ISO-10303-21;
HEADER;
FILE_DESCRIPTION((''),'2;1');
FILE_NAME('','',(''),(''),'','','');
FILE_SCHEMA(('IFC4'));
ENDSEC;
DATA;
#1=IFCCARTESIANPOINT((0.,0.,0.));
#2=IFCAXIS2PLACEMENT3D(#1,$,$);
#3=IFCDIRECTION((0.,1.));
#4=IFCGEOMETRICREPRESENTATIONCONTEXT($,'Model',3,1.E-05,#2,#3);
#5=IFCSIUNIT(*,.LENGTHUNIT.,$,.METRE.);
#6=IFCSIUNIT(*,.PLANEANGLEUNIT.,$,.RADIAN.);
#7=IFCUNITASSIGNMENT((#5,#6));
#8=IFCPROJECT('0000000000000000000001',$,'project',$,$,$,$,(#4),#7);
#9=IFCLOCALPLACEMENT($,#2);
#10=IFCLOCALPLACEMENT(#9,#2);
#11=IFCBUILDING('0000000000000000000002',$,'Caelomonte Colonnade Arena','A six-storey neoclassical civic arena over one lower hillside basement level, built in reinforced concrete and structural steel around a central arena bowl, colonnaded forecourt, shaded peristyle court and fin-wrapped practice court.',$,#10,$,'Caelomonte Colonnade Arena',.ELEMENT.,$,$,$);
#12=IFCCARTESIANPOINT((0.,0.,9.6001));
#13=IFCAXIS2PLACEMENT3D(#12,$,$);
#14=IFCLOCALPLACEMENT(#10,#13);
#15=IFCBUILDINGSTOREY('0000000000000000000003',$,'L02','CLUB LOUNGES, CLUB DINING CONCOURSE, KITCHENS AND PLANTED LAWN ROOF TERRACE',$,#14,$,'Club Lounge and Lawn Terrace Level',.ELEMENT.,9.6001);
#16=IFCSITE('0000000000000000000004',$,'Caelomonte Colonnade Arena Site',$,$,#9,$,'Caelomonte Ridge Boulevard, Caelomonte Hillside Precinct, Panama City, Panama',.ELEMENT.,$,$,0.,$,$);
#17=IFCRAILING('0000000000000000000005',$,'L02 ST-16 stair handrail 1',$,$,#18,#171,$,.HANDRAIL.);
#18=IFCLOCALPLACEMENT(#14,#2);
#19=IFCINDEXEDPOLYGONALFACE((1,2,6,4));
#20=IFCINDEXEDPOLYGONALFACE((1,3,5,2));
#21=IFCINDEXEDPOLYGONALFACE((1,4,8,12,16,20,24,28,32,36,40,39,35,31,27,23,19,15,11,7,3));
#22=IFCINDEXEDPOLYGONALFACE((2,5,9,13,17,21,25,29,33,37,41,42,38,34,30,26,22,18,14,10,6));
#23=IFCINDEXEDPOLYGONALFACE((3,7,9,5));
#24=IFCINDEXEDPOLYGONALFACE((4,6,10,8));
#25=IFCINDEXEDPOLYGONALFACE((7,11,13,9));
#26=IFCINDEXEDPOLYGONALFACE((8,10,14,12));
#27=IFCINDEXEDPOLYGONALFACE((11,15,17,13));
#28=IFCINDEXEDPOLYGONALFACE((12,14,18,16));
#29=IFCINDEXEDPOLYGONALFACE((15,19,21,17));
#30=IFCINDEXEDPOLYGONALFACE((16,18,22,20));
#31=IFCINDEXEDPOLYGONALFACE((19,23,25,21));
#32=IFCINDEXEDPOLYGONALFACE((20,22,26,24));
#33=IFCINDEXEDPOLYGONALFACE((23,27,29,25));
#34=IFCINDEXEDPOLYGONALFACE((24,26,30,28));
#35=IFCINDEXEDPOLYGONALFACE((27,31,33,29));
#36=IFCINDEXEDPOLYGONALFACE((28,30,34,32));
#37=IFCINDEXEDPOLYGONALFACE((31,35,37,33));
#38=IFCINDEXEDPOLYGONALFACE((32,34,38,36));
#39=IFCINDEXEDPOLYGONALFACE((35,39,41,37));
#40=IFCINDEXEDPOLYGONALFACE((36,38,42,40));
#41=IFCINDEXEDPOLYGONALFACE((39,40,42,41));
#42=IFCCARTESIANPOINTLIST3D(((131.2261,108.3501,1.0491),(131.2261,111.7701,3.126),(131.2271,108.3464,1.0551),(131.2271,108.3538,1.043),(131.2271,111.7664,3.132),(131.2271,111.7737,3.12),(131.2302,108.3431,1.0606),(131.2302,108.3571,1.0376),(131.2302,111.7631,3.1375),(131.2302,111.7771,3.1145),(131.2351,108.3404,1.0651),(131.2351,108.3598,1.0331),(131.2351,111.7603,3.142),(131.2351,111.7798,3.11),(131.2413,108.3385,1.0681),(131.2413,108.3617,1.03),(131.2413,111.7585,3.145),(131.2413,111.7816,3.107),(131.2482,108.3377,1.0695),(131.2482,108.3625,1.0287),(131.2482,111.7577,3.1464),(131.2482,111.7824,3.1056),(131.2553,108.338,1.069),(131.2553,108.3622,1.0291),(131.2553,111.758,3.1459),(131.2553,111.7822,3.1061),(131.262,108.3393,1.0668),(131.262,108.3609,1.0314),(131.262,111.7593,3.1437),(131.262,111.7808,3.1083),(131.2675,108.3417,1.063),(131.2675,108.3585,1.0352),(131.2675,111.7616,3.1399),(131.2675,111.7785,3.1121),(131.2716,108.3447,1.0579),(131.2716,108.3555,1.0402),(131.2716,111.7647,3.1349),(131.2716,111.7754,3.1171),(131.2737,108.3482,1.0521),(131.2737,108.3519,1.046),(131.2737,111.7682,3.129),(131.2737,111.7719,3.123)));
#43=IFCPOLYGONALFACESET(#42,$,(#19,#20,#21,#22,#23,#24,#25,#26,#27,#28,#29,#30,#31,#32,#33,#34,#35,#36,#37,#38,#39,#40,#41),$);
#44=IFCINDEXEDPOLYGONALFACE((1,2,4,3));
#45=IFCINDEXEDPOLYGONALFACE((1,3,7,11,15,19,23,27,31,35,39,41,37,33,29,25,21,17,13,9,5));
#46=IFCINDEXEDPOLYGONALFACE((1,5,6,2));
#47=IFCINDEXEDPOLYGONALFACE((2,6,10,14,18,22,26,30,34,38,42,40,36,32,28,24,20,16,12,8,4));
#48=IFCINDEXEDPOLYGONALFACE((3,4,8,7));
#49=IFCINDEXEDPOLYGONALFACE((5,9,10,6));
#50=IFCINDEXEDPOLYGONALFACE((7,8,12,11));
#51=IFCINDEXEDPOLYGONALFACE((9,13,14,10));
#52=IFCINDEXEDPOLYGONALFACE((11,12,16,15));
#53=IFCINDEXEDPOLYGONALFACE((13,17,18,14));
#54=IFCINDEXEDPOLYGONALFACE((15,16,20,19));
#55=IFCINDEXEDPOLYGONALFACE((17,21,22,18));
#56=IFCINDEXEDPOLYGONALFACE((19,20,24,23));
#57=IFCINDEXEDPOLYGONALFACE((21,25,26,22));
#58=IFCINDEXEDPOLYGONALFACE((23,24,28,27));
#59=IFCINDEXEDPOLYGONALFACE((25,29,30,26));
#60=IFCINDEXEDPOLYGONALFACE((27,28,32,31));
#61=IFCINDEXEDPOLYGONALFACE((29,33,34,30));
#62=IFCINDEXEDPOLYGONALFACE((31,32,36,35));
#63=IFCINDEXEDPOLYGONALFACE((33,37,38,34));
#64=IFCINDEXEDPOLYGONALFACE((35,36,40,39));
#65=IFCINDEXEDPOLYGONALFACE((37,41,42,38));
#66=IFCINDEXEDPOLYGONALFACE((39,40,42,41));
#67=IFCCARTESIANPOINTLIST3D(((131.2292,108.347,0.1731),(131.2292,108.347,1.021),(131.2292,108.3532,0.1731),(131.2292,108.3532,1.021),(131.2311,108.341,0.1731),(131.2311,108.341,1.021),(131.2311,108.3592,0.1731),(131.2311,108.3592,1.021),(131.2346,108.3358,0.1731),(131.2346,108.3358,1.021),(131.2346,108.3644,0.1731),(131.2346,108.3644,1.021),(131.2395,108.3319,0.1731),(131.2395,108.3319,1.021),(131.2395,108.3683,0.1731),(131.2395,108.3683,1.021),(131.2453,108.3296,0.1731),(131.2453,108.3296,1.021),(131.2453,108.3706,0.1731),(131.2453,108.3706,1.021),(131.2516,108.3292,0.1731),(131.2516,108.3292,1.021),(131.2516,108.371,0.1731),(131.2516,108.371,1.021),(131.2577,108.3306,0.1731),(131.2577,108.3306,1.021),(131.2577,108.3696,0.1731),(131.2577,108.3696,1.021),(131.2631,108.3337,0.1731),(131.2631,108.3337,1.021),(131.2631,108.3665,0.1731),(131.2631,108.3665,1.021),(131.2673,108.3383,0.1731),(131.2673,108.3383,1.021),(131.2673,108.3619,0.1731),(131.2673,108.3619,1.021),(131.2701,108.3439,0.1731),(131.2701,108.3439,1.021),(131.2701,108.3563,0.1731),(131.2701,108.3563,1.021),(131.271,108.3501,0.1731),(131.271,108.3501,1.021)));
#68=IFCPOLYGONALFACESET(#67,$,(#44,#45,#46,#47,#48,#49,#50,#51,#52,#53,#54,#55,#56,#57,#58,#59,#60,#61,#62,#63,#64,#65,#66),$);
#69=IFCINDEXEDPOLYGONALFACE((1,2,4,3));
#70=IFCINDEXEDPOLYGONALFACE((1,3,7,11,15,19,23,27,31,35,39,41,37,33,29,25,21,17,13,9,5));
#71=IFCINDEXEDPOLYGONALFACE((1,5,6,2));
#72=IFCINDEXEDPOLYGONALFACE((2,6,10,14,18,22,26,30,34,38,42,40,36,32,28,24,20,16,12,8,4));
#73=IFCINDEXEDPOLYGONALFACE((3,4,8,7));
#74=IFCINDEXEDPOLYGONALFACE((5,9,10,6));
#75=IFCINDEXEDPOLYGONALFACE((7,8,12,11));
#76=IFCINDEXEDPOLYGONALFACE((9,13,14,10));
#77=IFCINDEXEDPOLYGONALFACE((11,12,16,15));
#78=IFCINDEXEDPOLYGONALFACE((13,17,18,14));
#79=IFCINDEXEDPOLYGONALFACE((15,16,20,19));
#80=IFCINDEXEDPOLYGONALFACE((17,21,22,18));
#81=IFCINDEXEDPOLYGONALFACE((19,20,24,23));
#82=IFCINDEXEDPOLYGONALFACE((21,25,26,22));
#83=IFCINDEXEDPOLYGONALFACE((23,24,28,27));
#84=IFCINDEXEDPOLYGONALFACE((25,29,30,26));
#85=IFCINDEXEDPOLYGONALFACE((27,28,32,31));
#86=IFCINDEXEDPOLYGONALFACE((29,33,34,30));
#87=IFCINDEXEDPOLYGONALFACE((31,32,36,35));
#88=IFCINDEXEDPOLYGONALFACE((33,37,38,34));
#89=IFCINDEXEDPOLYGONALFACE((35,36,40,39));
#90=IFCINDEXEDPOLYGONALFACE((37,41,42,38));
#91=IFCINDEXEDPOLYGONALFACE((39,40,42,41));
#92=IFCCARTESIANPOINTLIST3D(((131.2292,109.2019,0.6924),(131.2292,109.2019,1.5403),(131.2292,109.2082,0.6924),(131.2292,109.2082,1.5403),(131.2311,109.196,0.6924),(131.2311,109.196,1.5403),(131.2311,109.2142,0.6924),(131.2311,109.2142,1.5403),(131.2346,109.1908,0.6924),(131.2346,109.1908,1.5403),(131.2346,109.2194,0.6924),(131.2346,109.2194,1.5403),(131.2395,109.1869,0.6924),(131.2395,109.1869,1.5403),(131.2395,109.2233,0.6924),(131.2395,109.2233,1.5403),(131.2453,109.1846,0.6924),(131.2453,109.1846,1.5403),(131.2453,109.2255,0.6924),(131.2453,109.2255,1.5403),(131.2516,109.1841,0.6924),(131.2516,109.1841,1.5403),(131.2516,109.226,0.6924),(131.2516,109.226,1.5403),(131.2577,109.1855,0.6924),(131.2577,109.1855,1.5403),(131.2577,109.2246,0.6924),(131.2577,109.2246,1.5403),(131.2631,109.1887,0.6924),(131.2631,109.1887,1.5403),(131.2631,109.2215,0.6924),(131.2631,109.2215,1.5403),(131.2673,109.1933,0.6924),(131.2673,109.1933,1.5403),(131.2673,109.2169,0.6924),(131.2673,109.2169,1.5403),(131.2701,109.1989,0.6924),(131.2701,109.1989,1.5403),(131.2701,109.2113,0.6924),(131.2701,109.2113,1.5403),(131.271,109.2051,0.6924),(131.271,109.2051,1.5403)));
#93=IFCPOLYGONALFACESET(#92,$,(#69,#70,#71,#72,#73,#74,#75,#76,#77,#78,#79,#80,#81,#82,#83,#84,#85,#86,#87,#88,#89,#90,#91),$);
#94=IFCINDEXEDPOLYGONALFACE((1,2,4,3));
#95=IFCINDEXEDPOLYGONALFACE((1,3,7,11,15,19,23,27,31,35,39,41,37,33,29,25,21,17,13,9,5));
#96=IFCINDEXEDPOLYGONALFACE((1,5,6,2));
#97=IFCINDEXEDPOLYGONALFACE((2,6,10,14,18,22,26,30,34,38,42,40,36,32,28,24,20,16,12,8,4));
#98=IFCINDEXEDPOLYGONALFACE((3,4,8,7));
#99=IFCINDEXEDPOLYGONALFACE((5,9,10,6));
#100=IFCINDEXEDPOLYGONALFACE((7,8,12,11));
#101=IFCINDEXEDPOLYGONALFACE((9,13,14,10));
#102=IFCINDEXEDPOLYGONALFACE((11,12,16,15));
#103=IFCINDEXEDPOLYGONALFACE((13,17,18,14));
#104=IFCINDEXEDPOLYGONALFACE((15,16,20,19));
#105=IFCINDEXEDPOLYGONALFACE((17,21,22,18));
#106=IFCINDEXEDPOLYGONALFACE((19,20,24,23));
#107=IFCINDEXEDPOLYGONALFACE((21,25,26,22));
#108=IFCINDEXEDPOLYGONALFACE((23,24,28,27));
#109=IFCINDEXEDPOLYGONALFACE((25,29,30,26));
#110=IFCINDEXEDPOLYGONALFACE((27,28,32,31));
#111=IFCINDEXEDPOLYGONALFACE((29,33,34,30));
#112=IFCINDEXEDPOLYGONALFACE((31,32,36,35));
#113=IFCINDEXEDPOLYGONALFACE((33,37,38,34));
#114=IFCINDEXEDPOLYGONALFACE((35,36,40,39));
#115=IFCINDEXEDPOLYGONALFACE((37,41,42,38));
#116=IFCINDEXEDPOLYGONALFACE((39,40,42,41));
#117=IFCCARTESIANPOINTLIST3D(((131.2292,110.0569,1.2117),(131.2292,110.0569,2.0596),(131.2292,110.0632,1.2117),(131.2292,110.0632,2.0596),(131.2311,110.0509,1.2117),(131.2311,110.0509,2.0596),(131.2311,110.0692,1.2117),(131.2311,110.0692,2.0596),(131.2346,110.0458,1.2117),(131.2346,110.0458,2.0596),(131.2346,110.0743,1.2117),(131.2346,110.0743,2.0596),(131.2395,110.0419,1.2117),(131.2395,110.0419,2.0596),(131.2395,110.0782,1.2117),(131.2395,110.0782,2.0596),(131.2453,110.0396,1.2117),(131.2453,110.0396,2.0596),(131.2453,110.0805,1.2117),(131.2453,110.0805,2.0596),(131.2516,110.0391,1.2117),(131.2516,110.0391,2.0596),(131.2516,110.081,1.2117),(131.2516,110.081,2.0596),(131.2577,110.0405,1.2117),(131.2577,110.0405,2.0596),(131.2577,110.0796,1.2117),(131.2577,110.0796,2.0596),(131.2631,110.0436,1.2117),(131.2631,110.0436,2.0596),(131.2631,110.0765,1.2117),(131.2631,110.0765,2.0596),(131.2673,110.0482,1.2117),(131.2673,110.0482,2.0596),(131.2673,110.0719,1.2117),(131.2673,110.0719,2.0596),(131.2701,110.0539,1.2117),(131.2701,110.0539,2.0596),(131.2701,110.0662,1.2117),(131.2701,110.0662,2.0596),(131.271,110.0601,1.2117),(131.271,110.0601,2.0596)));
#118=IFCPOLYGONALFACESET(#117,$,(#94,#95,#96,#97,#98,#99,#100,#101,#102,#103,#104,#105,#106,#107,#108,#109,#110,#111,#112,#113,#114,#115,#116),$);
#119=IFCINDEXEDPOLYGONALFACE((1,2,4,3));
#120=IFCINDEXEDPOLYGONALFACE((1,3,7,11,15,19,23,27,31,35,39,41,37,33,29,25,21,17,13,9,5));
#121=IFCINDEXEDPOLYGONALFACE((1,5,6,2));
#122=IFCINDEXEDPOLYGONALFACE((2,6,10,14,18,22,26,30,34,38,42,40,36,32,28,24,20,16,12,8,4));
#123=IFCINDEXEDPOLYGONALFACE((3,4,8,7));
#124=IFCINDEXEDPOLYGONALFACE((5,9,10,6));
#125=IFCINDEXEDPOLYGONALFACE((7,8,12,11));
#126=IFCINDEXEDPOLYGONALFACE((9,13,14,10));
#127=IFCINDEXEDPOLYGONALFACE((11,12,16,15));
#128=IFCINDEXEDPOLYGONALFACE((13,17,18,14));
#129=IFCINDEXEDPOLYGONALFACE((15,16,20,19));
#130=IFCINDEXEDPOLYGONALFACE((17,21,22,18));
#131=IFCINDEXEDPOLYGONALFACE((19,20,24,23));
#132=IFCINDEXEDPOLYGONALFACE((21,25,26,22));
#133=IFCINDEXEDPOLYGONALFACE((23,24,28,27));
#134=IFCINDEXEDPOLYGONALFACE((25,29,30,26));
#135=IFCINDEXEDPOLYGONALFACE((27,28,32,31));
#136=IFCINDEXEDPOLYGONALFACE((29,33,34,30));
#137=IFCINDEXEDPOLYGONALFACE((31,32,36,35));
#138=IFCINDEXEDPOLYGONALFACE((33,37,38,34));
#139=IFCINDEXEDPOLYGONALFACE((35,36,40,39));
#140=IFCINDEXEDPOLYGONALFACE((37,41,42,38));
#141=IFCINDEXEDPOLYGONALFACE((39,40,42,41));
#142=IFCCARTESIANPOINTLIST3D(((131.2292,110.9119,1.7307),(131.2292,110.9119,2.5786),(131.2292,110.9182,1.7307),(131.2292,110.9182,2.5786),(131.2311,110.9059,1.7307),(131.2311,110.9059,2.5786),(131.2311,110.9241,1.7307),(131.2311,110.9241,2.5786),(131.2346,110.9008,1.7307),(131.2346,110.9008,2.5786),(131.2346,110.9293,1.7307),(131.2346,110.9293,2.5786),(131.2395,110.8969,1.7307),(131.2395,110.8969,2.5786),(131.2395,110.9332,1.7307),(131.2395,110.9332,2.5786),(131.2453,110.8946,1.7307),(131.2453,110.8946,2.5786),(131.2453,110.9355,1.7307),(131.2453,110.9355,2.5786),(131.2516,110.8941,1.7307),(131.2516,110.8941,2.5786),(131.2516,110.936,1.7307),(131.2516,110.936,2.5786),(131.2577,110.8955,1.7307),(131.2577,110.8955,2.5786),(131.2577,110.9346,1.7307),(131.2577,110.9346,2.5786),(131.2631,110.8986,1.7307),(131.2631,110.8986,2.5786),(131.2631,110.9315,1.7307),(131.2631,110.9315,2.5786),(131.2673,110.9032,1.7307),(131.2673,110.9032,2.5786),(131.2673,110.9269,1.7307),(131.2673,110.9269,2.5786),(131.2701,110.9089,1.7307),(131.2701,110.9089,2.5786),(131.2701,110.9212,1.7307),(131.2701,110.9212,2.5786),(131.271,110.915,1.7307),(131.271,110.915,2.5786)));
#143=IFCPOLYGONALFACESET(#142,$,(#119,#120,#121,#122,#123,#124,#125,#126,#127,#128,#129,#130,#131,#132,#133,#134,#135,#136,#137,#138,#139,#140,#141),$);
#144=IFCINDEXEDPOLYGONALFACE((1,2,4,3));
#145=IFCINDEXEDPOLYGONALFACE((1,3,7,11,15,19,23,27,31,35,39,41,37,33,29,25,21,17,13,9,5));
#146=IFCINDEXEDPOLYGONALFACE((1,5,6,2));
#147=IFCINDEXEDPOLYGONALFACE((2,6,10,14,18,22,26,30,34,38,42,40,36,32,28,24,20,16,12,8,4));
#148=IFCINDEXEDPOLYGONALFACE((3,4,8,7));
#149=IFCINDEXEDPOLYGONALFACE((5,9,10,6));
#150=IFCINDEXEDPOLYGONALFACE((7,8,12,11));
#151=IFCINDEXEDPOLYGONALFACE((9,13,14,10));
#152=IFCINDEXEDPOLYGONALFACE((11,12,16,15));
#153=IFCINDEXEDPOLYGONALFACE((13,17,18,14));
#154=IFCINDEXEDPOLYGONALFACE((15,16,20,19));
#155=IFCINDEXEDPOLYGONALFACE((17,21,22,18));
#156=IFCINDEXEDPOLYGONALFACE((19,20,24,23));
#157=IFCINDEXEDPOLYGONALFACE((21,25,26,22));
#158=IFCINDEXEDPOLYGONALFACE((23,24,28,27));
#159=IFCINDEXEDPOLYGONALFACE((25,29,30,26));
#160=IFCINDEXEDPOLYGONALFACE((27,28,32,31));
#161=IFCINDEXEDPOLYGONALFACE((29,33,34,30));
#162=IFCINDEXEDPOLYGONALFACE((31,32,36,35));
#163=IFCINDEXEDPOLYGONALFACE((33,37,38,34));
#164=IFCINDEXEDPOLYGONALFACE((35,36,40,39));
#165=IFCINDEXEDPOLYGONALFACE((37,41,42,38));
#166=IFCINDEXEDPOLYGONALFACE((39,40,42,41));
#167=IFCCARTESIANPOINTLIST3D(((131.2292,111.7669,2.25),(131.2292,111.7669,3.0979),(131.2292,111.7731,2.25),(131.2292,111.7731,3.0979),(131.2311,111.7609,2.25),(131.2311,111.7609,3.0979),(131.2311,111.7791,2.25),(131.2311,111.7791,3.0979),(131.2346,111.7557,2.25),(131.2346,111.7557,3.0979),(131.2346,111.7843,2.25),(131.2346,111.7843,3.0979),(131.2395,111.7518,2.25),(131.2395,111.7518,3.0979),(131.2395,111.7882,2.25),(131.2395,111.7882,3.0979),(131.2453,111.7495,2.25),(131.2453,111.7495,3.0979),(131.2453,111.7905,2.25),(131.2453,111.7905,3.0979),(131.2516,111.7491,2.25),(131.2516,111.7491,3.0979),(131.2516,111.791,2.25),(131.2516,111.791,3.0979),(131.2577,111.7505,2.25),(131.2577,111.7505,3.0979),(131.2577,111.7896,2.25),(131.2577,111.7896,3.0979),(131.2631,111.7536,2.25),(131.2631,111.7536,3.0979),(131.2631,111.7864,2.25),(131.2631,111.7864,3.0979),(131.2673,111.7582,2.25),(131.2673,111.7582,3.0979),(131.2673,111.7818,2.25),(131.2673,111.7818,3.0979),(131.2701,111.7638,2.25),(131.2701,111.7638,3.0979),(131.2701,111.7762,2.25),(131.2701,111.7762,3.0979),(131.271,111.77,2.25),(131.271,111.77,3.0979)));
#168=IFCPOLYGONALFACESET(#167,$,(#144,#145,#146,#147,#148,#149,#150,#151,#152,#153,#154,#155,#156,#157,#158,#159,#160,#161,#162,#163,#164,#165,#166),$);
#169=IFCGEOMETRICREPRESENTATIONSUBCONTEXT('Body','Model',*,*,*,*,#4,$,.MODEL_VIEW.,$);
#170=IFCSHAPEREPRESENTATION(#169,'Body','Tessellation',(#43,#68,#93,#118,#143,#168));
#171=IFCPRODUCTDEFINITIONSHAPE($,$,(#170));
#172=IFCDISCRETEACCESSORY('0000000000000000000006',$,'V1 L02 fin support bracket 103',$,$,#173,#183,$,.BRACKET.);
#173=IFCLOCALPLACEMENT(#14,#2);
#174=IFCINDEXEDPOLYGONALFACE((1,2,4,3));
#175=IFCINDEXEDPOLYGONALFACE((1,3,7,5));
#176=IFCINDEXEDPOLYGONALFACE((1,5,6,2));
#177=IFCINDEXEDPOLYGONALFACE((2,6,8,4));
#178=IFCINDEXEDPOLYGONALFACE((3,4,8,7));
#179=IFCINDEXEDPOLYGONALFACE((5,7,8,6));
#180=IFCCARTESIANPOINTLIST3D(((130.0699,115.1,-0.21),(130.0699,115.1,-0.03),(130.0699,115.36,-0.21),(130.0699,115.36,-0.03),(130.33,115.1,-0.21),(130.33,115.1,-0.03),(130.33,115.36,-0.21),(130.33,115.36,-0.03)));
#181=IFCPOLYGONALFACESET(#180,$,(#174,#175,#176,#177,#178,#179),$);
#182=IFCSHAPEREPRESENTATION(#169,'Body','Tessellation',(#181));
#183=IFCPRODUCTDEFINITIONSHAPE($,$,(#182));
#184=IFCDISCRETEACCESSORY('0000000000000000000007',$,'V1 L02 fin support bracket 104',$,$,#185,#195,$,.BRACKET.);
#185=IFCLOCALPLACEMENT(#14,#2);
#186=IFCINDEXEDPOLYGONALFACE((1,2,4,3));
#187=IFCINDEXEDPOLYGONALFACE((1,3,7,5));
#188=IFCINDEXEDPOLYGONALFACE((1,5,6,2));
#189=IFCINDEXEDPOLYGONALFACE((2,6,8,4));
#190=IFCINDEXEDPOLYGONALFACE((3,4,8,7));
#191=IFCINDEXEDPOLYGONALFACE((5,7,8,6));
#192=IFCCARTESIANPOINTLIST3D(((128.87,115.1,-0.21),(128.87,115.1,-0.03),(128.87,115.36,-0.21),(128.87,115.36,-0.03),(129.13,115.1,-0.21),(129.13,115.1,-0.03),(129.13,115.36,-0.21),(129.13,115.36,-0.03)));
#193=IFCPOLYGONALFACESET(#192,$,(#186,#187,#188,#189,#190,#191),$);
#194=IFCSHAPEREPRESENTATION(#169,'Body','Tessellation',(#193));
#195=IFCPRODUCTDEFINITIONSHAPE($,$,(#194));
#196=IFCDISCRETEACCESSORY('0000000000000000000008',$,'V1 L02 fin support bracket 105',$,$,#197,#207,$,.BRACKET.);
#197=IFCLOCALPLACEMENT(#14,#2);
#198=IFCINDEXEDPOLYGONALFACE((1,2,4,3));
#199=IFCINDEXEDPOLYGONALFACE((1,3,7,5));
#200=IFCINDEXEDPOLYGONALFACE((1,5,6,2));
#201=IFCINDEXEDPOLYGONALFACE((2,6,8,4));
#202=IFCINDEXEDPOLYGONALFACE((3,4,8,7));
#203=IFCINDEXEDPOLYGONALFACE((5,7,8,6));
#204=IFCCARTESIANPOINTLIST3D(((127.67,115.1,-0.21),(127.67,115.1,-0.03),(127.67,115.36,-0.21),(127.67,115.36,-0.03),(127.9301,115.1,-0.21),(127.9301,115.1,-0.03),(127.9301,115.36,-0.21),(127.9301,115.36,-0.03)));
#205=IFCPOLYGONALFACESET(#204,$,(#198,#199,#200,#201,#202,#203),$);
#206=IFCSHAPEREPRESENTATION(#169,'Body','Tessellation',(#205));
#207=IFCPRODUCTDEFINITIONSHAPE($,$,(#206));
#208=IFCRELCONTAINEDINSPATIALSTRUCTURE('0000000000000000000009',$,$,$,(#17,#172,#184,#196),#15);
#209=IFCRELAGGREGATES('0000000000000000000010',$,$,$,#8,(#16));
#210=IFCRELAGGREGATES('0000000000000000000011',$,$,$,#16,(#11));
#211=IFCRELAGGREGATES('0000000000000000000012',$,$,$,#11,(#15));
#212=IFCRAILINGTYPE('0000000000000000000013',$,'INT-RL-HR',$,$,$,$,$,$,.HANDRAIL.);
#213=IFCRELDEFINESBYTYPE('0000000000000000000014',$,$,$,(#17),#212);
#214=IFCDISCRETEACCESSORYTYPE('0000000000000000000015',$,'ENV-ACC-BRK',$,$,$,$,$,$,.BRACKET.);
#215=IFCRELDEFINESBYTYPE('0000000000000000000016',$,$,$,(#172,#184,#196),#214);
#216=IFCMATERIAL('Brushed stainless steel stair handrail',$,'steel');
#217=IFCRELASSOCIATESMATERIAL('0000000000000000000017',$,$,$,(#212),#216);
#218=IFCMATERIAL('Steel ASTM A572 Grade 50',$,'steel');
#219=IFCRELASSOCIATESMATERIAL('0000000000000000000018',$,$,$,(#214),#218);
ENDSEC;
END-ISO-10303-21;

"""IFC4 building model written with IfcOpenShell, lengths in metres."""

from ifc_helpers import new_model, si_unit, direction, frame, origin, origin_2d, place, context, subcontext, project, spatial, rectangle, circle, extrude, material, type_object, element, save


model = new_model("IFC4")

# Units and contexts
model_context = context("Model", 3, precision=1e-05, world=origin(), true_north=direction((0.0, 1.0)))
body_context = subcontext(model_context, "Body", "Model", "MODEL_VIEW")
ifc_project = project(units=[si_unit("LENGTHUNIT", "METRE"), si_unit("PLANEANGLEUNIT", "RADIAN")], contexts=[model_context])

# Site, building, storey
site_placement = place(None, origin())
site = spatial("IfcSite", under=ifc_project, at=site_placement, Name="Caelomonte Colonnade Arena Site", LongName="Caelomonte Ridge Boulevard, Caelomonte Hillside Precinct, Panama City, Panama", CompositionType="ELEMENT", RefElevation=0.0)
building_placement = place(site_placement, origin())
building = spatial("IfcBuilding", under=site, at=building_placement, Name="Caelomonte Colonnade Arena", Description="A six-storey neoclassical civic arena over one lower hillside basement level, built in reinforced concrete and structural steel around a central arena bowl, colonnaded forecourt, shaded peristyle court and fin-wrapped practice court.", LongName="Caelomonte Colonnade Arena", CompositionType="ELEMENT")
storey_placement = place(building_placement, frame((0.0, 0.0, 9.6001)))
storey = spatial("IfcBuildingStorey", under=building, at=storey_placement, Name="L02", Description="CLUB LOUNGES, CLUB DINING CONCOURSE, KITCHENS AND PLANTED LAWN ROOF TERRACE", LongName="Club Lounge and Lawn Terrace Level", CompositionType="ELEMENT", Elevation=9.6001)

# Railing
ifc_material_1 = material(Name="Brushed stainless steel stair handrail", Category="steel")
railing_type_1 = type_object("IfcRailingType", Name="INT-RL-HR", PredefinedType="HANDRAIL", material=ifc_material_1)
railing_1_placement = place(storey_placement, frame((131.25, 108.3501, 0.1731)))
element("IfcRailing", 1, at=railing_1_placement, inside=storey, type_object=railing_type_1, Name="L02 ST-16 stair handrail 1", PredefinedType="HANDRAIL", context=body_context, shape_type="SweptSolid", body=[
    extrude(circle(Radius=0.0239, at=origin_2d()), frame((0.0, 0.0, 0.876), z_axis=(0.0, 0.85473, 0.519074), x_axis=(-1.0, 0.0, 0.0)), (0.0, 0.0, 1.0), 4.0012),
    extrude(circle(Radius=0.021, at=origin_2d()), origin(), (0.0, 0.0, 1.0), 0.8479),
    extrude(circle(Radius=0.021, at=origin_2d()), frame((0.0, 0.855, 0.5193)), (0.0, 0.0, 1.0), 0.8479),
    extrude(circle(Radius=0.021, at=origin_2d()), frame((0.0, 1.71, 1.0386)), (0.0, 0.0, 1.0), 0.8479),
    extrude(circle(Radius=0.021, at=origin_2d()), frame((0.0, 2.5649, 1.5576)), (0.0, 0.0, 1.0), 0.8479),
    extrude(circle(Radius=0.021, at=origin_2d()), frame((0.0, 3.4199, 2.0769)), (0.0, 0.0, 1.0), 0.8479),
])

# Discrete accessories
ifc_material_2 = material(Name="Steel ASTM A572 Grade 50", Category="steel")
discrete_accessory_type = type_object("IfcDiscreteAccessoryType", Name="ENV-ACC-BRK", PredefinedType="BRACKET", material=ifc_material_2)
for number, where, z_axis, x_axis, name in (
    (2, (130.2, 115.23, -0.21), (0.0, 0.0, 1.0), (-1.0, 0.0, 0.0), "V1 L02 fin support bracket 103"),
    (3, (129.0, 115.23, -0.21), (0.0, 0.0, 1.0), (-1.0, 0.0, 0.0), "V1 L02 fin support bracket 104"),
    (4, (127.8, 115.23, -0.21), (0.0, 0.0, 1.0), (-1.0, 0.0, 0.0), "V1 L02 fin support bracket 105"),
):
    element("IfcDiscreteAccessory", number, at=place(storey_placement, frame(where, z_axis=z_axis, x_axis=x_axis)), inside=storey, type_object=discrete_accessory_type, Name=name, PredefinedType="BRACKET", context=body_context, shape_type="SweptSolid", body=[
        extrude(rectangle(XDim=0.26, YDim=0.26, at=origin_2d()), origin(), (0.0, 0.0, 1.0), 0.1799),
    ])

save(model, "model.ifc")
